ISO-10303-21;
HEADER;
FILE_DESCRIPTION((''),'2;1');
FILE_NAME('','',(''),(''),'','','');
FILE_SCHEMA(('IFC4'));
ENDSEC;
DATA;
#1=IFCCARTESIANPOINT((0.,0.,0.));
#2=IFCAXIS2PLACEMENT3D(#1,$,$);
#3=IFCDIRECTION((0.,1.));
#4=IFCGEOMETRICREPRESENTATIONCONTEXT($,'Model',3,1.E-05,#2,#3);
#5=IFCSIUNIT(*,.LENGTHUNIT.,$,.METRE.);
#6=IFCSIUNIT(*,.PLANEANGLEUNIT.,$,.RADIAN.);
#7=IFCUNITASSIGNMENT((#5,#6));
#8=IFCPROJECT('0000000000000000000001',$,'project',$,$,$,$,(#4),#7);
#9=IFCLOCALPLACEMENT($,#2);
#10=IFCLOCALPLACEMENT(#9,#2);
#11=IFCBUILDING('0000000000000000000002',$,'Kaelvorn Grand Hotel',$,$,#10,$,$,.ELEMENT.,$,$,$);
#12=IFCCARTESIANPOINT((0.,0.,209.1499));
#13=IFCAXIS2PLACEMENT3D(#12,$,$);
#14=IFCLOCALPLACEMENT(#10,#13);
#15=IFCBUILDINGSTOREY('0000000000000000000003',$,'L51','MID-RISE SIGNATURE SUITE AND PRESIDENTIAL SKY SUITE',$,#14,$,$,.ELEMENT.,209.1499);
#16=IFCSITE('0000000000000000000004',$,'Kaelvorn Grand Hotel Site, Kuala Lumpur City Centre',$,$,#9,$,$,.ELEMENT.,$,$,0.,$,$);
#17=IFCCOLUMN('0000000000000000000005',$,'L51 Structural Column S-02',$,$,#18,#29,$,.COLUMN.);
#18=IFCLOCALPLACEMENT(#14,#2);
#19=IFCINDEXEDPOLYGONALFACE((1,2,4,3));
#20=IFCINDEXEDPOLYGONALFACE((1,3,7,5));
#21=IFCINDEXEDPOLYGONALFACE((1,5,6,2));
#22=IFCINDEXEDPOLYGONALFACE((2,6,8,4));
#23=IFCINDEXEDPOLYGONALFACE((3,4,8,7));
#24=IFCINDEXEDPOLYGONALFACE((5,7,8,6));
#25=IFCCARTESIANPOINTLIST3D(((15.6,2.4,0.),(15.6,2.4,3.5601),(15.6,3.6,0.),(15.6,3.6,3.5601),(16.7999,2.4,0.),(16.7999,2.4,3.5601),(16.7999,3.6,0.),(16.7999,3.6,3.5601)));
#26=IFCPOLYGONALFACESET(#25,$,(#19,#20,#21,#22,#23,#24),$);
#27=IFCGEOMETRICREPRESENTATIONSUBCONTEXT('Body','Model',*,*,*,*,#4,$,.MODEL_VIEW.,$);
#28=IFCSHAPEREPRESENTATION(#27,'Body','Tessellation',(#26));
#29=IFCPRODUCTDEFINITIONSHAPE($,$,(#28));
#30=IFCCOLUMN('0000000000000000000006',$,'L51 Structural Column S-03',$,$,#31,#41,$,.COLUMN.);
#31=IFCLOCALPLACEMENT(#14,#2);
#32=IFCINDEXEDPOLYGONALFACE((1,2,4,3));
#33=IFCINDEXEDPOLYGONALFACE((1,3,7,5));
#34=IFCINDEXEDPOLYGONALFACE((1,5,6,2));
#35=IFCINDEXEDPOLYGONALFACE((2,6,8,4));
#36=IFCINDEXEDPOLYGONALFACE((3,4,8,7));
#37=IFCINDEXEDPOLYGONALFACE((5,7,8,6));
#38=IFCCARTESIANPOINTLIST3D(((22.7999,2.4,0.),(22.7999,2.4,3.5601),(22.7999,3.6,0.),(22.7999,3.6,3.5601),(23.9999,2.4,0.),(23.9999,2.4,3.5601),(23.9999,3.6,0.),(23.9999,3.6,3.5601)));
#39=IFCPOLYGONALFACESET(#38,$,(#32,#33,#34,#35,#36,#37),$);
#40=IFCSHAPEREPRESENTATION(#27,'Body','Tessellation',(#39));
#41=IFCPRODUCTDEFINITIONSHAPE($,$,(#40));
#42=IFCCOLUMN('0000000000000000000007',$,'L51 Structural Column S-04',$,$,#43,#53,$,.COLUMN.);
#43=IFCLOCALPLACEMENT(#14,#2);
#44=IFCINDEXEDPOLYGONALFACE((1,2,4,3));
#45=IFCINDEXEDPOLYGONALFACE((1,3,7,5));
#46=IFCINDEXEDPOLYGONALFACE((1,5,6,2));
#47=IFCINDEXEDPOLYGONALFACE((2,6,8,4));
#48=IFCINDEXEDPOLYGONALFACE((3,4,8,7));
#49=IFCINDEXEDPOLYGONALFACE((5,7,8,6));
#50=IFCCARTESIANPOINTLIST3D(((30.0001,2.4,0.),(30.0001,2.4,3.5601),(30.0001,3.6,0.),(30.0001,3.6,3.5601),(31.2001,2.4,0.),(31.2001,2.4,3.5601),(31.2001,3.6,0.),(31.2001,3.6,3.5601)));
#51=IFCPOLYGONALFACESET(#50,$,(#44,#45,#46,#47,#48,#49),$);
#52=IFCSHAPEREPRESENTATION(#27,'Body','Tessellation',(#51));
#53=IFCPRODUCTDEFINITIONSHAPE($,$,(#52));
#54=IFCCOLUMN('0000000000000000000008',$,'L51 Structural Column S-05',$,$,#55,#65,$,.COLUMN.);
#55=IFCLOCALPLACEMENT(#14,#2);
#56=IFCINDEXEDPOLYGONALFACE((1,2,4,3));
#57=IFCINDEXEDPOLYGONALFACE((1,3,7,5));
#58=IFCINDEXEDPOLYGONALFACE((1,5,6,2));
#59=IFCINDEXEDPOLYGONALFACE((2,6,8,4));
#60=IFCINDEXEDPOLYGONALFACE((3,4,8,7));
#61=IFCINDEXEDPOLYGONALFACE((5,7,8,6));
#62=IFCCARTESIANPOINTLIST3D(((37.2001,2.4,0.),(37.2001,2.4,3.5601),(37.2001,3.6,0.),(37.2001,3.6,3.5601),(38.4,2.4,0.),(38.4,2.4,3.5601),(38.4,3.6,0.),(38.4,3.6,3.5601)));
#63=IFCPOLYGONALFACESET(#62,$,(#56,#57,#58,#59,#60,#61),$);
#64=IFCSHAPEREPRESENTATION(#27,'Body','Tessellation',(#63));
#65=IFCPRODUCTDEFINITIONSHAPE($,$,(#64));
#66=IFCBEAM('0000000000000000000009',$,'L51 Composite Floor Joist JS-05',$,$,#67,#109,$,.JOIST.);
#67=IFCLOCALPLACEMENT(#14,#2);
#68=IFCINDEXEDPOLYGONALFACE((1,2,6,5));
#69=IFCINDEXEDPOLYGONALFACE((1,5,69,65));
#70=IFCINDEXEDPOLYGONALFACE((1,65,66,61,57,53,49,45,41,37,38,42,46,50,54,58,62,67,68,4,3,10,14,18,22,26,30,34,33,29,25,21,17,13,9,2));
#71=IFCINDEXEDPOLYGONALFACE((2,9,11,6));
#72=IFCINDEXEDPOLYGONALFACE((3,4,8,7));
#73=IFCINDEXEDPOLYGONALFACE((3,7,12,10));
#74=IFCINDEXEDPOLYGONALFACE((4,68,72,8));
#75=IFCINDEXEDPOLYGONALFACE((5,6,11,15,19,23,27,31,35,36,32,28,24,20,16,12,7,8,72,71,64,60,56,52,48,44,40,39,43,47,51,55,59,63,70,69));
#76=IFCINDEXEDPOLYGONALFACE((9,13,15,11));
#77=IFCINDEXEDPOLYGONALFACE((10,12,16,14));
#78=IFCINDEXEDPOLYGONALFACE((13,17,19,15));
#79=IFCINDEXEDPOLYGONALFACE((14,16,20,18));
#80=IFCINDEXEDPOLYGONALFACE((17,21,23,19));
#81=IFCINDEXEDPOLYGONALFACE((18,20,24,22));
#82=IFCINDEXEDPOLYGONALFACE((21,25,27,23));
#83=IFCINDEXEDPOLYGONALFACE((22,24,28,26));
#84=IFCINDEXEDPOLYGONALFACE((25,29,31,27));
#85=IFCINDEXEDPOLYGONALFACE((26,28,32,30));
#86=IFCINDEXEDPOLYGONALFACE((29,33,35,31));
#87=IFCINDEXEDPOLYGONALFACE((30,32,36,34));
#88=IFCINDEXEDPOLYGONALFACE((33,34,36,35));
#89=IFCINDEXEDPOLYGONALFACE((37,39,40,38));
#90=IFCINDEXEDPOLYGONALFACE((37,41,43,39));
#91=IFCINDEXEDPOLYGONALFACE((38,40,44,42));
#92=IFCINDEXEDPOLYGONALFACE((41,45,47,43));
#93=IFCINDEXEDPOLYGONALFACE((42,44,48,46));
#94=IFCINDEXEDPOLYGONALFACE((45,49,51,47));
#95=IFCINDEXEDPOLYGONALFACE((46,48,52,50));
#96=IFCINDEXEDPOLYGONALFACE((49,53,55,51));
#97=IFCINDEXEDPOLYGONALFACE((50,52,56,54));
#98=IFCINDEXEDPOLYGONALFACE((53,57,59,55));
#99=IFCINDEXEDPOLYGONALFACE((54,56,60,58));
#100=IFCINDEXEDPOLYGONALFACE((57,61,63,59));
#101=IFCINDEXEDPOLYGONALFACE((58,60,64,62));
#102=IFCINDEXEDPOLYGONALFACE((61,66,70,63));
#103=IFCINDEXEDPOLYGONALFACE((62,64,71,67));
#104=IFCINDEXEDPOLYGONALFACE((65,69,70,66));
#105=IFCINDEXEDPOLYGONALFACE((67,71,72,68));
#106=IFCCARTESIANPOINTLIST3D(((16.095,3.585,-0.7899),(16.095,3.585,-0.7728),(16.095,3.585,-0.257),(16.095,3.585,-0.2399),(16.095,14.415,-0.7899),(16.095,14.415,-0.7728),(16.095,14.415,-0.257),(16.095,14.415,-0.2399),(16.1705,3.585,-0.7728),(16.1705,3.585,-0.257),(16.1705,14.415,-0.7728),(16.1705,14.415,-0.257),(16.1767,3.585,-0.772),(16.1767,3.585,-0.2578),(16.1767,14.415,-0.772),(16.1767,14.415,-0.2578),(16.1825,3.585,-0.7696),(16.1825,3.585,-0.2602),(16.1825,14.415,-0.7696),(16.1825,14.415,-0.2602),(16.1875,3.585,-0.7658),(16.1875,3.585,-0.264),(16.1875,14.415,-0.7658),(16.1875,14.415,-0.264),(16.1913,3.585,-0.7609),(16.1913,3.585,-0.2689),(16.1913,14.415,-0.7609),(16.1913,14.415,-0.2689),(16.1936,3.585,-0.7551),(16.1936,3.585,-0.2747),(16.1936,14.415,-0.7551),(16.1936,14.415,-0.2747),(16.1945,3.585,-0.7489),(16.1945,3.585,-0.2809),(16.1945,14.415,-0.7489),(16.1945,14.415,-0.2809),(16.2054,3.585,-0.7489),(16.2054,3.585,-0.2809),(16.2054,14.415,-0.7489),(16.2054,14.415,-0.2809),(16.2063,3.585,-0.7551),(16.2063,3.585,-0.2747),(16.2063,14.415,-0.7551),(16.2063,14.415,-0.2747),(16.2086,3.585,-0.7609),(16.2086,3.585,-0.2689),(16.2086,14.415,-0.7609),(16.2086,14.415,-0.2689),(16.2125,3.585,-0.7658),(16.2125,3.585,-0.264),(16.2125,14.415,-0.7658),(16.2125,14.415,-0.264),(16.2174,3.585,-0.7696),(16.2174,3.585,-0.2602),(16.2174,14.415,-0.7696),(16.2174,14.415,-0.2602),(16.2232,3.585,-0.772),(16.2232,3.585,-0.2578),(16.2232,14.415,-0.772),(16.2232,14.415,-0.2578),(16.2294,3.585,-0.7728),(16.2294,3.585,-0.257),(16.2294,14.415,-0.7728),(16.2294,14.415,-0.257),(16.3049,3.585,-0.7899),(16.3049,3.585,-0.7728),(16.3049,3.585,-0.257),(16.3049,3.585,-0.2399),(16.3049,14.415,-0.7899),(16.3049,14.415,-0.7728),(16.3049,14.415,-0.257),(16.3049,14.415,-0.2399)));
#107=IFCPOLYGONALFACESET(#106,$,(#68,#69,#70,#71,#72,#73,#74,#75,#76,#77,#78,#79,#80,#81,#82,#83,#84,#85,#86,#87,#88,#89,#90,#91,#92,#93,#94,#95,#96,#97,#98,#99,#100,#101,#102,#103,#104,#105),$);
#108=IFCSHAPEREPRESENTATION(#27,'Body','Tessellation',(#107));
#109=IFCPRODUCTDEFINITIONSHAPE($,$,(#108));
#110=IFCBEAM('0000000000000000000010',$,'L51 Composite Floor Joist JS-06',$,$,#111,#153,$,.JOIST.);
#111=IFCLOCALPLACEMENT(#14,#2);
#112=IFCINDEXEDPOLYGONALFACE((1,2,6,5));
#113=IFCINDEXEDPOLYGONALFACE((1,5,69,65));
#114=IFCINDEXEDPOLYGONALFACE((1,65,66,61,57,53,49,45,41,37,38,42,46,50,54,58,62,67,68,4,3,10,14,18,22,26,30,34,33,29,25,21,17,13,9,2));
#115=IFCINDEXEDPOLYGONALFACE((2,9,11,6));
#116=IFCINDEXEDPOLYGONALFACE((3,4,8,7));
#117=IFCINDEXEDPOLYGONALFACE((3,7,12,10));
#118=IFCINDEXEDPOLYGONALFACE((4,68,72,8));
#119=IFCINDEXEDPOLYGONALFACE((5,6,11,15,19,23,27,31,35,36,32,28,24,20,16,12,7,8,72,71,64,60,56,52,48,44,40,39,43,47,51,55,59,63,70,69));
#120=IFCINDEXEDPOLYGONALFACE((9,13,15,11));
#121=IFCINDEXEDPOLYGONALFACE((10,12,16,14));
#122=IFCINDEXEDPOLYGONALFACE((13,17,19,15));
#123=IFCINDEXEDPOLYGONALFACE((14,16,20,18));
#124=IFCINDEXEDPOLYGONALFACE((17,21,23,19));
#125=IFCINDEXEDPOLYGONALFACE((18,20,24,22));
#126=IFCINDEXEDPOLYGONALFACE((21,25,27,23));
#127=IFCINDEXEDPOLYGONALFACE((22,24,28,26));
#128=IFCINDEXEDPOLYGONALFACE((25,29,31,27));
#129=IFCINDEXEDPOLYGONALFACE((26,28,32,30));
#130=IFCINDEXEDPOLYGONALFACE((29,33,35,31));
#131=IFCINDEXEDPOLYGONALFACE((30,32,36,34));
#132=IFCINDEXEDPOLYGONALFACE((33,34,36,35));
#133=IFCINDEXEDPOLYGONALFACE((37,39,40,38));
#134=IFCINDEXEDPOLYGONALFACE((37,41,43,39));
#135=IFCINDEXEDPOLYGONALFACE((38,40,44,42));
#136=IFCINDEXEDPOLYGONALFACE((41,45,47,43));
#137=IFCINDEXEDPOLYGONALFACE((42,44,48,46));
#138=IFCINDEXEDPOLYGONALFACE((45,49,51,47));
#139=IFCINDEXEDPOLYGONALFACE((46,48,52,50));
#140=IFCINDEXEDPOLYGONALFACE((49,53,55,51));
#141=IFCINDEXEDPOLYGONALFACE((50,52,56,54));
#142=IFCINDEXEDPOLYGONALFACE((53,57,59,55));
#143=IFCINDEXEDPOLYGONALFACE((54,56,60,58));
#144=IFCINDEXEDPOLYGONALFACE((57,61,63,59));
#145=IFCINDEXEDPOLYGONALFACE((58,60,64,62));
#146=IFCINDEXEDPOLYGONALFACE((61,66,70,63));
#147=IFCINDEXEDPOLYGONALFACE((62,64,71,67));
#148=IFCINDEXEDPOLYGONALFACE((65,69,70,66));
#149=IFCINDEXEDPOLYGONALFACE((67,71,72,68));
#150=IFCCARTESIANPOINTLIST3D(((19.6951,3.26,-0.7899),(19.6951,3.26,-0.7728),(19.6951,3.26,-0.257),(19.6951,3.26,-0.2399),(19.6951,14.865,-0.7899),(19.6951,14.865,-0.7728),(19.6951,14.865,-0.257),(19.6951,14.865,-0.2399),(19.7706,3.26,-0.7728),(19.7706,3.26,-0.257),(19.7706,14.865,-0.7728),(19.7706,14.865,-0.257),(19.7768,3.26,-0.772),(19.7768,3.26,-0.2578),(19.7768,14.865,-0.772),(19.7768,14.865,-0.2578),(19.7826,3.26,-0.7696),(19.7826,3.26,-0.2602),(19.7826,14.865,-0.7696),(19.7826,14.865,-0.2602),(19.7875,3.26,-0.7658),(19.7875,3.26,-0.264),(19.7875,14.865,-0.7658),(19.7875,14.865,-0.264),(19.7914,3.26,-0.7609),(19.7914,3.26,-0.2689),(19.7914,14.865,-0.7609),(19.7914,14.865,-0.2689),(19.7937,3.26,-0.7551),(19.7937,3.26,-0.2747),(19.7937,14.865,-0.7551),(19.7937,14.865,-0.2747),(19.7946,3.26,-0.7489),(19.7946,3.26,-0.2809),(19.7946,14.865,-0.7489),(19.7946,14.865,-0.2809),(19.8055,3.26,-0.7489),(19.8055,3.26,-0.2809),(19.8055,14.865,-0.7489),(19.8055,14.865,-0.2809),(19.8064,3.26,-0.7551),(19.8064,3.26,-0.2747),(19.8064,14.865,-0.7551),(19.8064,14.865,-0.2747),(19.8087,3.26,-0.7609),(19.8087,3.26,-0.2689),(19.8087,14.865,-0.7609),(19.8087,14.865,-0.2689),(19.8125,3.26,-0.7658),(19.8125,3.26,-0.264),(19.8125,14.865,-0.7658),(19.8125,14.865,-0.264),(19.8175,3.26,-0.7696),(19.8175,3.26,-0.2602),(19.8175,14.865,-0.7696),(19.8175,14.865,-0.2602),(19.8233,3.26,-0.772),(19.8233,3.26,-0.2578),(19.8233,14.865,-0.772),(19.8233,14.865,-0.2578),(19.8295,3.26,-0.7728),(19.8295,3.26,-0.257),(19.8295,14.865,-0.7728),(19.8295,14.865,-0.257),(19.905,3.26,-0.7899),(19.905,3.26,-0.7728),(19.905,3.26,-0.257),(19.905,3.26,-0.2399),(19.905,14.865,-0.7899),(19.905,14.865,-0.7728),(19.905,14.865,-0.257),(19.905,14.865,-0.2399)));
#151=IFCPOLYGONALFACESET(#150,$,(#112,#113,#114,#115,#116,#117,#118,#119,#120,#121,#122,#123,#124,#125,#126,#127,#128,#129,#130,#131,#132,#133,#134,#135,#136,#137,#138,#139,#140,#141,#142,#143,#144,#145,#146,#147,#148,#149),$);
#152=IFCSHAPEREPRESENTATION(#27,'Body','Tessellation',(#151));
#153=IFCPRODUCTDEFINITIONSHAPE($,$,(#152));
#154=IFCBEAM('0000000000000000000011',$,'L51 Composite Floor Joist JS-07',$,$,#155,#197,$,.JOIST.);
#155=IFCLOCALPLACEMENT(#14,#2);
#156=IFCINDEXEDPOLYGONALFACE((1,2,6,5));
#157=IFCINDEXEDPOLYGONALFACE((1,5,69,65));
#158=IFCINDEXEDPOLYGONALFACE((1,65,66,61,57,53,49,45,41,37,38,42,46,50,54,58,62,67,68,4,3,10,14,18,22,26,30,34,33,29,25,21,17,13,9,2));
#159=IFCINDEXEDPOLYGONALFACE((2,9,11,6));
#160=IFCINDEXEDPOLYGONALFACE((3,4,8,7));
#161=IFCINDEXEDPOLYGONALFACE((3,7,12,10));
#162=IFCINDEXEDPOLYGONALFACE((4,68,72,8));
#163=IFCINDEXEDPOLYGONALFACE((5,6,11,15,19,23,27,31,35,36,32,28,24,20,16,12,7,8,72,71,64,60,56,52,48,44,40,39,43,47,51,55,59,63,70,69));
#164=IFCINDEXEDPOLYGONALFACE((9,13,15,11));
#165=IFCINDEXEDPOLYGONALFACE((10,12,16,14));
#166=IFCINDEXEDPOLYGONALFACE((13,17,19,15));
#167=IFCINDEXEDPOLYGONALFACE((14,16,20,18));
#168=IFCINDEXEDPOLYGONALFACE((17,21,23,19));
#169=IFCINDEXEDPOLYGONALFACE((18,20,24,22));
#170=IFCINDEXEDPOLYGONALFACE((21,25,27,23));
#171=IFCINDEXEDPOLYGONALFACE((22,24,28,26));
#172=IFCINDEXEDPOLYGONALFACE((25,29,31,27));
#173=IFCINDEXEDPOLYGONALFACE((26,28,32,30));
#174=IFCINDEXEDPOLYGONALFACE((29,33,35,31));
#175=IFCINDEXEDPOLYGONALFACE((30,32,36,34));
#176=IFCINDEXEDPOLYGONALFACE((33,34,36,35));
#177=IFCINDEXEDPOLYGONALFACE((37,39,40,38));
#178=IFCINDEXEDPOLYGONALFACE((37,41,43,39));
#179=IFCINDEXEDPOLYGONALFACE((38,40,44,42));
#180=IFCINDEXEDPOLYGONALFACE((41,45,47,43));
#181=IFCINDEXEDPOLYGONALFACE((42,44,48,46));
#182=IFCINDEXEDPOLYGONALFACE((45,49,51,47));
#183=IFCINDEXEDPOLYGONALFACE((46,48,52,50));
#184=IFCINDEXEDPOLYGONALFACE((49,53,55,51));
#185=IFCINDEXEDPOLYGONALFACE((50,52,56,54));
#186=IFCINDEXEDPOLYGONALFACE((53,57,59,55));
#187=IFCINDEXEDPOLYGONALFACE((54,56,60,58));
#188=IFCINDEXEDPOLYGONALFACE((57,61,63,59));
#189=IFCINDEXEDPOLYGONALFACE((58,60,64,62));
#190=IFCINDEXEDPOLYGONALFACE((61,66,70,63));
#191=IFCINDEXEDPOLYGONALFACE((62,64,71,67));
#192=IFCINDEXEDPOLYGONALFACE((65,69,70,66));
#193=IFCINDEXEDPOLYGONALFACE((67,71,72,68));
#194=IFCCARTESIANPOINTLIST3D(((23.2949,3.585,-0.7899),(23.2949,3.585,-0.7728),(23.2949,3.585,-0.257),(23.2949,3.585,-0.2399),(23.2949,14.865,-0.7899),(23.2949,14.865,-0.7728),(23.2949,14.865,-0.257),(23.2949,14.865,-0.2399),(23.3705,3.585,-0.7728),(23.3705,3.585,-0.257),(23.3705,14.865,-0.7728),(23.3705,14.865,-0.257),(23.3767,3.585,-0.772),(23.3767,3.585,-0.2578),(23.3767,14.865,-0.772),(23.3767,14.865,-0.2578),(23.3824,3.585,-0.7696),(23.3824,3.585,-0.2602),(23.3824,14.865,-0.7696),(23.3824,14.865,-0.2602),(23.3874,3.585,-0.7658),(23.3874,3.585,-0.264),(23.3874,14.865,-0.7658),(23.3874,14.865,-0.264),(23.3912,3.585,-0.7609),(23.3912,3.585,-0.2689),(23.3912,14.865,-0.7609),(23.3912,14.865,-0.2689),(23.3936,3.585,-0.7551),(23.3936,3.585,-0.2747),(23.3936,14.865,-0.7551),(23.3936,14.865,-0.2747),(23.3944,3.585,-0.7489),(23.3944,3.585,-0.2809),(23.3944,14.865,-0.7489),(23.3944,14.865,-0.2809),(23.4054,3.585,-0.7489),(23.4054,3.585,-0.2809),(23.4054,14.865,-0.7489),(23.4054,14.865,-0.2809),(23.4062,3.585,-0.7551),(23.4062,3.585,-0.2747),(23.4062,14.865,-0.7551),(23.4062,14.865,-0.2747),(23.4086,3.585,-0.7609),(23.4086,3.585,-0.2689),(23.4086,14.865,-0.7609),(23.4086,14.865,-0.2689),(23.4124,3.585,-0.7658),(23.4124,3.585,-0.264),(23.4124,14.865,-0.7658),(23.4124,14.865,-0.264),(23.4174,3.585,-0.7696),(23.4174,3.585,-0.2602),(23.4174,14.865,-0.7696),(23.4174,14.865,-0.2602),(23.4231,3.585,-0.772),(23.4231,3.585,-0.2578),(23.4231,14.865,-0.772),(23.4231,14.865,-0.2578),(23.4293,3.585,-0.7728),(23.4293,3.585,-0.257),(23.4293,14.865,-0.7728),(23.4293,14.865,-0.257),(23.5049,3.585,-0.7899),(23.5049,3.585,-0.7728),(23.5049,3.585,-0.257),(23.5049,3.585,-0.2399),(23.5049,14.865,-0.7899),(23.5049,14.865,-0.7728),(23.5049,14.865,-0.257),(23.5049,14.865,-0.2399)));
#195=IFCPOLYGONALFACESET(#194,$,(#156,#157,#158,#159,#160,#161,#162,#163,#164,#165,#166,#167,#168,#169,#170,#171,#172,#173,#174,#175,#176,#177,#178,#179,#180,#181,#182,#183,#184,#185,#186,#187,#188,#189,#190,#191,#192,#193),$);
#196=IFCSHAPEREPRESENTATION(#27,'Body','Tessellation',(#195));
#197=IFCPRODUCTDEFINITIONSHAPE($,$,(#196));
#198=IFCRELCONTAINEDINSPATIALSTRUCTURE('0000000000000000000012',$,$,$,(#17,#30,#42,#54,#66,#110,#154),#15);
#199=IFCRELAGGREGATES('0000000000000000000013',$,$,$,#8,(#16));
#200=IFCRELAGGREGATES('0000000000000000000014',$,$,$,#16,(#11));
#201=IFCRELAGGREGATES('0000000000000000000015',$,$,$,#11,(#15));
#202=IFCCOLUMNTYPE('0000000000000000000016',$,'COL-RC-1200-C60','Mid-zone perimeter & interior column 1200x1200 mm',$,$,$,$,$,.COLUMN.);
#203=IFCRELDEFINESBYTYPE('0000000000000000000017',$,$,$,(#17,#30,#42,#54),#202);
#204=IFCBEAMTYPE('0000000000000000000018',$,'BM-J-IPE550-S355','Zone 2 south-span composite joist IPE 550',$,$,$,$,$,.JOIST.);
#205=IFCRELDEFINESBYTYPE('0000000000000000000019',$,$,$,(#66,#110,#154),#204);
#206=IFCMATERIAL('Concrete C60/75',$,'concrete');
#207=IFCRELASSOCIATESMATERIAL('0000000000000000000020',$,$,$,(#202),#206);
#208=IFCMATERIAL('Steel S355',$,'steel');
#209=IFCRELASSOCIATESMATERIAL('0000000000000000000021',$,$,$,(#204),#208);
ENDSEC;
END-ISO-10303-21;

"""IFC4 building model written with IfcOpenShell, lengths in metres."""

from ifc_helpers import new_model, si_unit, direction, frame, origin, origin_2d, place, context, subcontext, project, spatial, rectangle, i_section, extrude, material, material_profile, profile_set, type_object, element, save


model = new_model("IFC4")

# Units and contexts
model_context = context("Model", 3, precision=1e-05, world=origin(), true_north=direction((0.0, 1.0)))
body_context = subcontext(model_context, "Body", "Model", "MODEL_VIEW")
ifc_project = project(units=[si_unit("LENGTHUNIT", "METRE"), si_unit("PLANEANGLEUNIT", "RADIAN")], contexts=[model_context])

# Site, building, storey
site_placement = place(None, origin())
site = spatial("IfcSite", under=ifc_project, at=site_placement, Name="Kaelvorn Grand Hotel Site, Kuala Lumpur City Centre", CompositionType="ELEMENT", RefElevation=0.0)
building_placement = place(site_placement, origin())
building = spatial("IfcBuilding", under=site, at=building_placement, Name="Kaelvorn Grand Hotel", CompositionType="ELEMENT")
storey_placement = place(building_placement, frame((0.0, 0.0, 209.1499)))
storey = spatial("IfcBuildingStorey", under=building, at=storey_placement, Name="L51", Description="MID-RISE SIGNATURE SUITE AND PRESIDENTIAL SKY SUITE", CompositionType="ELEMENT", Elevation=209.1499)

# Columns
ifc_material_1 = material(Name="Concrete C60/75", Category="concrete")
ifc_material_profile_1 = material_profile(ifc_material_1, rectangle(XDim=1.2, YDim=1.2, at=origin_2d()), Name="RC COL 1200x1200")
ifc_profile_set_1 = profile_set([ifc_material_profile_1], Name="Concrete C60/75")
column_type = type_object("IfcColumnType", Name="COL-RC-1200-C60", Description="Mid-zone perimeter & interior column 1200x1200 mm", PredefinedType="COLUMN", material=ifc_profile_set_1)
for number, where, z_axis, x_axis, name in (
    (1, (16.2, 3.0, 0.0), (0.0, 0.0, 1.0), (1.0, 0.0, 0.0), "L51 Structural Column S-02"),
    (2, (23.3999, 3.0, 0.0), (0.0, 0.0, 1.0), (1.0, 0.0, 0.0), "L51 Structural Column S-03"),
    (3, (30.6001, 3.0, 0.0), (0.0, 0.0, 1.0), (1.0, 0.0, 0.0), "L51 Structural Column S-04"),
    (4, (37.8, 3.0, 0.0), (0.0, 0.0, 1.0), (1.0, 0.0, 0.0), "L51 Structural Column S-05"),
):
    element("IfcColumn", number, at=place(storey_placement, frame(where, z_axis=z_axis, x_axis=x_axis)), inside=storey, type_object=column_type, Name=name, PredefinedType="COLUMN", context=body_context, shape_type="SweptSolid", body=[
        extrude(rectangle(XDim=1.2, YDim=1.2, at=origin_2d()), origin(), (0.0, 0.0, 1.0), 3.5601),
    ])

# Beams
ifc_material_2 = material(Name="Steel S355", Category="steel")
ifc_material_profile_2 = material_profile(ifc_material_2, i_section(OverallWidth=0.21, OverallDepth=0.55, WebThickness=0.011, FlangeThickness=0.0171, FilletRadius=0.0239, at=origin_2d()), Name="IPE 550")
ifc_profile_set_2 = profile_set([ifc_material_profile_2], Name="Steel S355")
beam_type_1 = type_object("IfcBeamType", Name="BM-J-IPE550-S355", Description="Zone 2 south-span composite joist IPE 550", PredefinedType="JOIST", material=ifc_profile_set_2)
beam_1_placement = place(storey_placement, frame((16.2, 3.585, -0.5149), z_axis=(0.0, 1.0, 0.0), x_axis=(-1.0, 0.0, 0.0)))
element("IfcBeam", 5, at=beam_1_placement, inside=storey, type_object=beam_type_1, Name="L51 Composite Floor Joist JS-05", PredefinedType="JOIST", context=body_context, shape_type="SweptSolid", body=[
    extrude(i_section(OverallWidth=0.21, OverallDepth=0.55, WebThickness=0.011, FlangeThickness=0.0171, FilletRadius=0.0239, at=origin_2d()), origin(), (0.0, 0.0, 1.0), 10.8301),
])
beam_2_placement = place(storey_placement, frame((19.8, 3.26, -0.5149), z_axis=(0.0, 1.0, 0.0), x_axis=(-1.0, 0.0, 0.0)))
element("IfcBeam", 6, at=beam_2_placement, inside=storey, type_object=beam_type_1, Name="L51 Composite Floor Joist JS-06", PredefinedType="JOIST", context=body_context, shape_type="SweptSolid", body=[
    extrude(i_section(OverallWidth=0.21, OverallDepth=0.55, WebThickness=0.011, FlangeThickness=0.0171, FilletRadius=0.0239, at=origin_2d()), origin(), (0.0, 0.0, 1.0), 11.605),
])
beam_3_placement = place(storey_placement, frame((23.3999, 3.585, -0.5149), z_axis=(0.0, 1.0, 0.0), x_axis=(-1.0, 0.0, 0.0)))
element("IfcBeam", 7, at=beam_3_placement, inside=storey, type_object=beam_type_1, Name="L51 Composite Floor Joist JS-07", PredefinedType="JOIST", context=body_context, shape_type="SweptSolid", body=[
    extrude(i_section(OverallWidth=0.21, OverallDepth=0.55, WebThickness=0.011, FlangeThickness=0.0171, FilletRadius=0.0239, at=origin_2d()), origin(), (0.0, 0.0, 1.0), 11.28),
])

save(model, "model.ifc")
